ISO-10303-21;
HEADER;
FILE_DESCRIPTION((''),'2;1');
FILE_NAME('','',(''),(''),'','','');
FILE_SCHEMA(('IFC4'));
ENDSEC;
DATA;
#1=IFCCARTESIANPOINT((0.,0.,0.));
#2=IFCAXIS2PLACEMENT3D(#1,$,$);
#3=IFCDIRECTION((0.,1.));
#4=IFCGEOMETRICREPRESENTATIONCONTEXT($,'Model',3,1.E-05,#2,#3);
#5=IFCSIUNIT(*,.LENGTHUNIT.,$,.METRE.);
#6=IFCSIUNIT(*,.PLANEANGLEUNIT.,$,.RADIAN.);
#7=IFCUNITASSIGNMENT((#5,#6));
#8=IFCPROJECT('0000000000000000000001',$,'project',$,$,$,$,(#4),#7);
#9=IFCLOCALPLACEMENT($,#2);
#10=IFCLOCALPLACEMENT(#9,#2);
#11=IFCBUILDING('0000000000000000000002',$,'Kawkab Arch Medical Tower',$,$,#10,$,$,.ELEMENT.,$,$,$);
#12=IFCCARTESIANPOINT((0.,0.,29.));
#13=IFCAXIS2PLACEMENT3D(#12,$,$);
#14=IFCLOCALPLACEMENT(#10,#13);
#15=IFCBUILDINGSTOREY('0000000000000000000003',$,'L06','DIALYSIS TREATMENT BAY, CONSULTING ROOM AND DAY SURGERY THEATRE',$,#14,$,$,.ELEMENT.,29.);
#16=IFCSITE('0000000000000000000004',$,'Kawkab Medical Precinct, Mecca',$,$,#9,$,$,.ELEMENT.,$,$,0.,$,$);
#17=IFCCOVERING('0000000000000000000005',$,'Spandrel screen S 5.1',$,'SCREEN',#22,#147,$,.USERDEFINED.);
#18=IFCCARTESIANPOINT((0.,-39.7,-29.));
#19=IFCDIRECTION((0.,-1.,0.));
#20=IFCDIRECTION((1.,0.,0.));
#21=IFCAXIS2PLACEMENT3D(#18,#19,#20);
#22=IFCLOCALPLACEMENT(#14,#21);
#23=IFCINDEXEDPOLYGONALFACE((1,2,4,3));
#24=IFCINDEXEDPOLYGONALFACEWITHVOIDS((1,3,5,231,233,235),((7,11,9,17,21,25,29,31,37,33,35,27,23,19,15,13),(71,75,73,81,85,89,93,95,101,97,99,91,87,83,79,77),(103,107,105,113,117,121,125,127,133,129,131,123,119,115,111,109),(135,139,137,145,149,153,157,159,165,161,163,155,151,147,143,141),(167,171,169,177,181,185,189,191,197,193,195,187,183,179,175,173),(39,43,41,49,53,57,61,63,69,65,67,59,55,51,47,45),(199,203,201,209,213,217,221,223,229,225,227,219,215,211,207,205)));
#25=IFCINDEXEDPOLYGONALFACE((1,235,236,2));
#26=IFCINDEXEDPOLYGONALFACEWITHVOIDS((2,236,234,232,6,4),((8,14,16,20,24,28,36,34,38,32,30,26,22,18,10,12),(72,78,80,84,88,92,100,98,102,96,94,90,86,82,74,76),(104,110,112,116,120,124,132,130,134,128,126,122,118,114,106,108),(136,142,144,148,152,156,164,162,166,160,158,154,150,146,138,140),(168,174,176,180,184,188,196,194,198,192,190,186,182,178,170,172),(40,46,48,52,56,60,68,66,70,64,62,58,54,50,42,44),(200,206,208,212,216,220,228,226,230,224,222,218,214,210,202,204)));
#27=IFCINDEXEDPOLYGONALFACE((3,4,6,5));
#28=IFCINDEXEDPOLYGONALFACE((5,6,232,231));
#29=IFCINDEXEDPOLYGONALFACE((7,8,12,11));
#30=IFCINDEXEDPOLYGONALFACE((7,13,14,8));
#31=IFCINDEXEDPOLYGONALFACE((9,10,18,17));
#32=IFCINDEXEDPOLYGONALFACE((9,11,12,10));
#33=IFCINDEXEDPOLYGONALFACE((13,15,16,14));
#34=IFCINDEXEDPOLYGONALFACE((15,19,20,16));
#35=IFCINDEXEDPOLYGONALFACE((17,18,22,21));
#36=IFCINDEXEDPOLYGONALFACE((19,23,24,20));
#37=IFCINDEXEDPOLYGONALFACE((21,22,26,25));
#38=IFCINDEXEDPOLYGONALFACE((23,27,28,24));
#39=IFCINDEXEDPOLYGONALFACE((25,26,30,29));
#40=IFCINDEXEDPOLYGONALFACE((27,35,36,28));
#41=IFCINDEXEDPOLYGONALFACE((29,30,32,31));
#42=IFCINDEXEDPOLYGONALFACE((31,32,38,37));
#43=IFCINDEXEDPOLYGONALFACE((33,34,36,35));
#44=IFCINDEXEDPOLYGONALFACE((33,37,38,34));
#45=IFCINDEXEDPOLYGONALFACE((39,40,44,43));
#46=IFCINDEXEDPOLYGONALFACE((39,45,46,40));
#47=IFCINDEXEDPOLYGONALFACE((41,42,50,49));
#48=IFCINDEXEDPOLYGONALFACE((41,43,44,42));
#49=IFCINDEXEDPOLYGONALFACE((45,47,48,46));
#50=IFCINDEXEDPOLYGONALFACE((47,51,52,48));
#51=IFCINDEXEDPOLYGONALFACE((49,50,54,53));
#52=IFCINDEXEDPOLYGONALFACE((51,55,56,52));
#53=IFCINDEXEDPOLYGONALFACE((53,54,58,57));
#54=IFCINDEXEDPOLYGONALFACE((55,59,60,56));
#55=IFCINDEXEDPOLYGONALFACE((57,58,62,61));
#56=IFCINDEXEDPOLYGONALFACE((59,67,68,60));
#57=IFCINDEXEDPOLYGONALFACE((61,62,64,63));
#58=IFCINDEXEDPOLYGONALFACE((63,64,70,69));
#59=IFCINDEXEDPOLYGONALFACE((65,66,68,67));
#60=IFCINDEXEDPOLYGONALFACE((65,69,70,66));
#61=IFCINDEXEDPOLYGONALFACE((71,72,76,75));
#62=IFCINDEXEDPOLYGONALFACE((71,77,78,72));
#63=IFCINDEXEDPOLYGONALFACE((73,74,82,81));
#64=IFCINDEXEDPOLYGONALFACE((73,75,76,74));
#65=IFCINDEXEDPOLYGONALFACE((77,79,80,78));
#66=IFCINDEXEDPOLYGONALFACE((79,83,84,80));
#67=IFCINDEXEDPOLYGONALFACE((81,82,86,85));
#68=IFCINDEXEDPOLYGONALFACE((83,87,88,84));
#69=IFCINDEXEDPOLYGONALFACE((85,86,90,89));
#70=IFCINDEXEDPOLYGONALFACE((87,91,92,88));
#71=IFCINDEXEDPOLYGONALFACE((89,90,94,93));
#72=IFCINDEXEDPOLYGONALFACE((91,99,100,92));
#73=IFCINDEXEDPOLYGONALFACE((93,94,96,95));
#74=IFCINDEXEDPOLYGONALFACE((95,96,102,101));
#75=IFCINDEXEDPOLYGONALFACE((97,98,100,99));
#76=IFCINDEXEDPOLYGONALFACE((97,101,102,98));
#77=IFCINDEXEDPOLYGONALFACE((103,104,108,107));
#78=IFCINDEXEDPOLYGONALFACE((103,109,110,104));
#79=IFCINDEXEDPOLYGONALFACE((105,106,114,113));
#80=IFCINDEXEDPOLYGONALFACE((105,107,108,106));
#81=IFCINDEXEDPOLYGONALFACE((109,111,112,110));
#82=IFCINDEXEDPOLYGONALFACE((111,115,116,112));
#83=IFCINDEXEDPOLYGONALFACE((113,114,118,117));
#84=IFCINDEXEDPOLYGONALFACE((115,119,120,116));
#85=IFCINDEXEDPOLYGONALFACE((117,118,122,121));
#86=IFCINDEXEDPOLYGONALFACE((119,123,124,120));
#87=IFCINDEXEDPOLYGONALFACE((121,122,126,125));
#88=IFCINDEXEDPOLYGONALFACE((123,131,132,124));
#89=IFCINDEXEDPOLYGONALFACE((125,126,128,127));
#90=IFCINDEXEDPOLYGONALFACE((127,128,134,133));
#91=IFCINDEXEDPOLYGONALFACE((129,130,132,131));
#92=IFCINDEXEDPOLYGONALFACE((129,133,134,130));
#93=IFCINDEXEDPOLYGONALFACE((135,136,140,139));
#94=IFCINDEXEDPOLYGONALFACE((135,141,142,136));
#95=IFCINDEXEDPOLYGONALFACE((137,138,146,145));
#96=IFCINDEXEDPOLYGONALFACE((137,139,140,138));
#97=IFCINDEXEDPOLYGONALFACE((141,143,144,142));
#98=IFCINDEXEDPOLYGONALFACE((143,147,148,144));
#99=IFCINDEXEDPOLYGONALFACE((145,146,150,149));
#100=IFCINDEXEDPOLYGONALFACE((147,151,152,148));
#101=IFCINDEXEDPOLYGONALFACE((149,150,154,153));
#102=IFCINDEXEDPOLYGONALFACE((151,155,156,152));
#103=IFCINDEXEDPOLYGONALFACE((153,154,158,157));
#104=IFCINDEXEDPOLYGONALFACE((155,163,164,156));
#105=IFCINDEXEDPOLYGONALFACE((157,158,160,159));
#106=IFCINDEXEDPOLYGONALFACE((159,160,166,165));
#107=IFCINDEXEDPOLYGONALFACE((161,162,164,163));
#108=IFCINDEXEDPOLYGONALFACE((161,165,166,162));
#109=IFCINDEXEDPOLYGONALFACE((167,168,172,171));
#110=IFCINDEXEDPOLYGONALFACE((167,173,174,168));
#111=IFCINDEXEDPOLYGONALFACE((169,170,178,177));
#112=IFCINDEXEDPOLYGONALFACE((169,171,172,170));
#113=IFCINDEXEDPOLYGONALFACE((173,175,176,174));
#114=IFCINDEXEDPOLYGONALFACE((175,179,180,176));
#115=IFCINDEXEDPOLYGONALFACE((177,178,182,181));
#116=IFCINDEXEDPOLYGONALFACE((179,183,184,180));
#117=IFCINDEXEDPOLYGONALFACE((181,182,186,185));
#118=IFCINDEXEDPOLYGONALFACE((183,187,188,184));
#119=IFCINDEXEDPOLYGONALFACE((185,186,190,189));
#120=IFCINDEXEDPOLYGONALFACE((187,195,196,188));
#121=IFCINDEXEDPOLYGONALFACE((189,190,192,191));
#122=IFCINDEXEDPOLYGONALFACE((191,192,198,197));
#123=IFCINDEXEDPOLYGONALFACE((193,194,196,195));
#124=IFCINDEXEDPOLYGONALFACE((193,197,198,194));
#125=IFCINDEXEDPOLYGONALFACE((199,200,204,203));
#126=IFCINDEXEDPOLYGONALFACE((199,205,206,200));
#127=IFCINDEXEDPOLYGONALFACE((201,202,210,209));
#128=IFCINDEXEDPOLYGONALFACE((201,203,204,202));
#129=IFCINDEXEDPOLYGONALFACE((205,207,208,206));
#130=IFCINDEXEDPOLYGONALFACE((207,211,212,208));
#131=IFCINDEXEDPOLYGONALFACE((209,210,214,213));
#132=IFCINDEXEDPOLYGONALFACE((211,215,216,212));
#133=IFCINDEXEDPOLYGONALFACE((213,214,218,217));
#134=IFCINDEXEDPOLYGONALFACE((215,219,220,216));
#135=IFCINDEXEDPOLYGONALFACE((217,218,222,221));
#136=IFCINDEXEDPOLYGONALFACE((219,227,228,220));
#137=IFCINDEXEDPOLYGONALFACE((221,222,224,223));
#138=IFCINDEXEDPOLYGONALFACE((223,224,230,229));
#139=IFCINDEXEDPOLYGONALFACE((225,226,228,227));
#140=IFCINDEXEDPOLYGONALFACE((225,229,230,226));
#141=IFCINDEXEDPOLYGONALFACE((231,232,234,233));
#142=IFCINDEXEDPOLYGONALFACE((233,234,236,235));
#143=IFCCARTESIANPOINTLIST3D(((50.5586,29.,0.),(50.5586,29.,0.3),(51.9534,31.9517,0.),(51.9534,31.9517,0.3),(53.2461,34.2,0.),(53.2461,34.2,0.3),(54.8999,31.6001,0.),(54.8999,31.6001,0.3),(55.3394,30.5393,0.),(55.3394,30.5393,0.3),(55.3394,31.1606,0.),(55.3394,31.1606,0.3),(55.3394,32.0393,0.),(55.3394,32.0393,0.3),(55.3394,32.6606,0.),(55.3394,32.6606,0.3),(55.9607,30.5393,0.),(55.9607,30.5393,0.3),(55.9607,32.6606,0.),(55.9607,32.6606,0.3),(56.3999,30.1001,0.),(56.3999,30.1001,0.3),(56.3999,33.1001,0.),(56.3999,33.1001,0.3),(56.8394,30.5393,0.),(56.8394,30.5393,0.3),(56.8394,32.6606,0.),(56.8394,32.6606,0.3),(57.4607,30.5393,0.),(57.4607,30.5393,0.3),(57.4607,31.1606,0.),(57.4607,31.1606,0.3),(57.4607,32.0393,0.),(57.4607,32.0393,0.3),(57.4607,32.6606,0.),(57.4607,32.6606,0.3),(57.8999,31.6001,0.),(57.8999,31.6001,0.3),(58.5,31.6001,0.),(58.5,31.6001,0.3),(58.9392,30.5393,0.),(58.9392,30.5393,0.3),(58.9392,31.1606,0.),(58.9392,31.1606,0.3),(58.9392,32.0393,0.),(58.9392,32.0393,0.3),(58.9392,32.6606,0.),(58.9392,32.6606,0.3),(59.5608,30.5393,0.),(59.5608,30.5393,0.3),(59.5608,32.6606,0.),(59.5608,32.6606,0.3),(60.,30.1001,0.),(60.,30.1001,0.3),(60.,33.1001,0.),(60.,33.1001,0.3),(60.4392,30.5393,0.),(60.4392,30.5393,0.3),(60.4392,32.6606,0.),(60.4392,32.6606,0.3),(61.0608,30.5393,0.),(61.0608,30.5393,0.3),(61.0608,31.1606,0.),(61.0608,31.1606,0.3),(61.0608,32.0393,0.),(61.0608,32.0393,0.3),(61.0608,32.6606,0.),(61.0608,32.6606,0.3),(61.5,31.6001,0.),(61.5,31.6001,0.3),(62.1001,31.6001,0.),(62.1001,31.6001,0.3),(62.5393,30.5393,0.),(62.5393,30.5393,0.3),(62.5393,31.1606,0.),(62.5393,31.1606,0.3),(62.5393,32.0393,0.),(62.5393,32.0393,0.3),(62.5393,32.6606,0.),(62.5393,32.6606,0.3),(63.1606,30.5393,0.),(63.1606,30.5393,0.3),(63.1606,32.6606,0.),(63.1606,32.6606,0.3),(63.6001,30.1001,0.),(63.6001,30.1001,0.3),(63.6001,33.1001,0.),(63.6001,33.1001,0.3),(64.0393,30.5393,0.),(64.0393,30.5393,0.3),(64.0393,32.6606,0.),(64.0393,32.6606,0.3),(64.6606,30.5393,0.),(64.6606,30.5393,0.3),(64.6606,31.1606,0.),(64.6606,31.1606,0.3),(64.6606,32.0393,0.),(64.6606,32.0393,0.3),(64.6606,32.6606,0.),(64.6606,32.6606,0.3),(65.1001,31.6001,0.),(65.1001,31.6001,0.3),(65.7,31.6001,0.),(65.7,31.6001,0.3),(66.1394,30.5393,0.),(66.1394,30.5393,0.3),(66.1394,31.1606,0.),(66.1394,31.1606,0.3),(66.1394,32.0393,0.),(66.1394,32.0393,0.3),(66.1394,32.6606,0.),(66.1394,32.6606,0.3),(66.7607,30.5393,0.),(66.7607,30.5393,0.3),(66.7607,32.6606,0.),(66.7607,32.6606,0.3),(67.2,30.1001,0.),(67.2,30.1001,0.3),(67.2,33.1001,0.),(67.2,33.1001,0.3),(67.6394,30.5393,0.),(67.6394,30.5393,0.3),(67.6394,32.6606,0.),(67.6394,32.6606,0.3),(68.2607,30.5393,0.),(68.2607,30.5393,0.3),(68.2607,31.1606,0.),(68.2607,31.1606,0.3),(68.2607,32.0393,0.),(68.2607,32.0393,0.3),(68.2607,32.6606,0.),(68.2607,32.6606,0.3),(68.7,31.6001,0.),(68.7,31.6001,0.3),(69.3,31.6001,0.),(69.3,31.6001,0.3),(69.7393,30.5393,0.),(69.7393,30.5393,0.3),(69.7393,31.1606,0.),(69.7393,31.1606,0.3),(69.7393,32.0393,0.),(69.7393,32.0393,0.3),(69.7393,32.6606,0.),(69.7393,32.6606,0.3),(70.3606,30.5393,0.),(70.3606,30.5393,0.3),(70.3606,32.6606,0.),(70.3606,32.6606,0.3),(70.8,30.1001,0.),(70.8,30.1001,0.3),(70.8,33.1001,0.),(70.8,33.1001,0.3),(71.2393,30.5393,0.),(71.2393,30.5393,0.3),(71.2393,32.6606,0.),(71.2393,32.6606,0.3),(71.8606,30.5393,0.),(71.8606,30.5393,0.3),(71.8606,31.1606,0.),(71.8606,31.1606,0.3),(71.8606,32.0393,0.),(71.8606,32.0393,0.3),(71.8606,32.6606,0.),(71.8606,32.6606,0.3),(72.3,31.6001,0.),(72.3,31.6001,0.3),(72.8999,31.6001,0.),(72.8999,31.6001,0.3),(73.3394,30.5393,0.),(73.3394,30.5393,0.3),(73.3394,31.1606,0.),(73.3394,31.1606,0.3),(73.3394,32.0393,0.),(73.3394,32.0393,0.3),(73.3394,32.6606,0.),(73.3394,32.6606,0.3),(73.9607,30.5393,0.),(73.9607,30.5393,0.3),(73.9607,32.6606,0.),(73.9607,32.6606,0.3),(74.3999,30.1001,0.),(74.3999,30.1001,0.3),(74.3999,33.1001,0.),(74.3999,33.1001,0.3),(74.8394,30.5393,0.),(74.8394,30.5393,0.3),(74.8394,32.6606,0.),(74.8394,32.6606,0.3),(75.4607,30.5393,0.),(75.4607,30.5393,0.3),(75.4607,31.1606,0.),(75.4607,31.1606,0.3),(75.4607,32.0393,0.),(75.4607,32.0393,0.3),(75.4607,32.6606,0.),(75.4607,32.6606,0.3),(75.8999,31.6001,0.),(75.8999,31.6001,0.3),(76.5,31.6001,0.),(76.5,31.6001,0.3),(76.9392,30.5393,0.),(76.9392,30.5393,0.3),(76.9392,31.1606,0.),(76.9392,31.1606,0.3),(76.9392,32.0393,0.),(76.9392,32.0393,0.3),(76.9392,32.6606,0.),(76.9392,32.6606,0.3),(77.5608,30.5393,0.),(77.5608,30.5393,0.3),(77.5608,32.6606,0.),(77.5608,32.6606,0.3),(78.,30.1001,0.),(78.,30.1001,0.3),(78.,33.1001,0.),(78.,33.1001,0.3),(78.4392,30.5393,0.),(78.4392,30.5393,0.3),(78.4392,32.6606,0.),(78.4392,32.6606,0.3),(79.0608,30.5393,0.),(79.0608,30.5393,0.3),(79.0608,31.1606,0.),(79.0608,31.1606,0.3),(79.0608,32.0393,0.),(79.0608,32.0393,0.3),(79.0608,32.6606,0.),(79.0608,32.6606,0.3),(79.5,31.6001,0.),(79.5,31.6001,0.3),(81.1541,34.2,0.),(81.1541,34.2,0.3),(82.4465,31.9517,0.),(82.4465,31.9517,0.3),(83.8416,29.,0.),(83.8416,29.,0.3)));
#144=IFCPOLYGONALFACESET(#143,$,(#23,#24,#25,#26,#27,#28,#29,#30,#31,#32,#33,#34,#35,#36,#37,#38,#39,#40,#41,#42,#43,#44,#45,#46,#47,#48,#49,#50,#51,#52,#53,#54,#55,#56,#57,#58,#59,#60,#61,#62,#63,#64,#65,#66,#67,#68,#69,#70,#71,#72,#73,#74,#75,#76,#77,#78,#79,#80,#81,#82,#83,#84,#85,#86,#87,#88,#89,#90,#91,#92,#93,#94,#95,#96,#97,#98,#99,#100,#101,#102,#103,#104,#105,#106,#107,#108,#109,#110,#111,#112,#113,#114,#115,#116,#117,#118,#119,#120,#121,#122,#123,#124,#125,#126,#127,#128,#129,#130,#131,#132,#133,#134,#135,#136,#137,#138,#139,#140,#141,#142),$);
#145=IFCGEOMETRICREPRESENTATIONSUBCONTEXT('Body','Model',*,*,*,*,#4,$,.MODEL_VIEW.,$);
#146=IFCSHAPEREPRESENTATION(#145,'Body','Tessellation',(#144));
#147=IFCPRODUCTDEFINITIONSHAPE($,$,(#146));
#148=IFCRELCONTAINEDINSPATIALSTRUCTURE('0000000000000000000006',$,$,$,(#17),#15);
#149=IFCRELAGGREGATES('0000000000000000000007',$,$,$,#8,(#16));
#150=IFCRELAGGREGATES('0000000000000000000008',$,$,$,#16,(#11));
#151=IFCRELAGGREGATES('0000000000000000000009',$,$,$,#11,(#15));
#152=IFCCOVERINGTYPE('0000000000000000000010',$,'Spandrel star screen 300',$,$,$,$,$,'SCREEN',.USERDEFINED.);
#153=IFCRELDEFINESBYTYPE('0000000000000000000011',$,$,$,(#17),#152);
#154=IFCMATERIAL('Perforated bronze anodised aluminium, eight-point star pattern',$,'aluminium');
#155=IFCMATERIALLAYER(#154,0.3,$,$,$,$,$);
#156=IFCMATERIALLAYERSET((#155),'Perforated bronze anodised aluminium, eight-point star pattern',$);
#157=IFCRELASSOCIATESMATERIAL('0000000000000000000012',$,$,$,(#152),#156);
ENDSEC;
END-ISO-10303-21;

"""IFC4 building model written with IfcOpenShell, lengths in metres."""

from ifc_helpers import new_model, si_unit, direction, frame, origin, place, context, subcontext, project, spatial, polyline, outline, extrude, material, layer, layer_set, type_object, element, save


model = new_model("IFC4")

# Units and contexts
model_context = context("Model", 3, precision=1e-05, world=origin(), true_north=direction((0.0, 1.0)))
body_context = subcontext(model_context, "Body", "Model", "MODEL_VIEW")
ifc_project = project(units=[si_unit("LENGTHUNIT", "METRE"), si_unit("PLANEANGLEUNIT", "RADIAN")], contexts=[model_context])

# Site, building, storey
site_placement = place(None, origin())
site = spatial("IfcSite", under=ifc_project, at=site_placement, Name="Kawkab Medical Precinct, Mecca", CompositionType="ELEMENT", RefElevation=0.0)
building_placement = place(site_placement, origin())
building = spatial("IfcBuilding", under=site, at=building_placement, Name="Kawkab Arch Medical Tower", CompositionType="ELEMENT")
storey_placement = place(building_placement, frame((0.0, 0.0, 29.0)))
storey = spatial("IfcBuildingStorey", under=building, at=storey_placement, Name="L06", Description="DIALYSIS TREATMENT BAY, CONSULTING ROOM AND DAY SURGERY THEATRE", CompositionType="ELEMENT", Elevation=29.0)

# Covering
ifc_material_1 = material(Name="Perforated bronze anodised aluminium, eight-point star pattern", Category="aluminium")
ifc_layer_1 = layer(ifc_material_1, 0.3)
ifc_layer_set_1 = layer_set([ifc_layer_1], Name="Perforated bronze anodised aluminium, eight-point star pattern")
covering_type = type_object("IfcCoveringType", Name="Spandrel star screen 300", ElementType="SCREEN", PredefinedType="USERDEFINED", material=ifc_layer_set_1)
covering_placement = place(storey_placement, frame((0.0, -39.7, -29.0), z_axis=(0.0, -1.0, 0.0), x_axis=(1.0, 0.0, 0.0)))
element("IfcCovering", 1, at=covering_placement, inside=storey, type_object=covering_type, Name="Spandrel screen S 5.1", ObjectType="SCREEN", PredefinedType="USERDEFINED", context=body_context, shape_type="SweptSolid", body=[
    extrude(outline(polyline([(50.5586, 29.0), (83.8416, 29.0), (82.4465, 31.9517), (81.1541, 34.2), (53.2461, 34.2), (51.9534, 31.9517), (50.5586, 29.0)]), holes=[polyline([(57.8999, 31.6001), (57.4607, 32.0393), (57.4607, 32.6606), (56.8394, 32.6606), (56.3999, 33.1001), (55.9607, 32.6606), (55.3394, 32.6606), (55.3394, 32.0393), (54.8999, 31.6001), (55.3394, 31.1606), (55.3394, 30.5393), (55.9607, 30.5393), (56.3999, 30.1001), (56.8394, 30.5393), (57.4607, 30.5393), (57.4607, 31.1606), (57.8999, 31.6001)]), polyline([(61.5, 31.6001), (61.0608, 32.0393), (61.0608, 32.6606), (60.4392, 32.6606), (60.0, 33.1001), (59.5608, 32.6606), (58.9392, 32.6606), (58.9392, 32.0393), (58.5, 31.6001), (58.9392, 31.1606), (58.9392, 30.5393), (59.5608, 30.5393), (60.0, 30.1001), (60.4392, 30.5393), (61.0608, 30.5393), (61.0608, 31.1606), (61.5, 31.6001)]), polyline([(65.1001, 31.6001), (64.6606, 32.0393), (64.6606, 32.6606), (64.0393, 32.6606), (63.6001, 33.1001), (63.1606, 32.6606), (62.5393, 32.6606), (62.5393, 32.0393), (62.1001, 31.6001), (62.5393, 31.1606), (62.5393, 30.5393), (63.1606, 30.5393), (63.6001, 30.1001), (64.0393, 30.5393), (64.6606, 30.5393), (64.6606, 31.1606), (65.1001, 31.6001)]), polyline([(68.7, 31.6001), (68.2607, 32.0393), (68.2607, 32.6606), (67.6394, 32.6606), (67.2, 33.1001), (66.7607, 32.6606), (66.1394, 32.6606), (66.1394, 32.0393), (65.7, 31.6001), (66.1394, 31.1606), (66.1394, 30.5393), (66.7607, 30.5393), (67.2, 30.1001), (67.6394, 30.5393), (68.2607, 30.5393), (68.2607, 31.1606), (68.7, 31.6001)]), polyline([(72.3, 31.6001), (71.8606, 32.0393), (71.8606, 32.6606), (71.2393, 32.6606), (70.8, 33.1001), (70.3606, 32.6606), (69.7393, 32.6606), (69.7393, 32.0393), (69.3, 31.6001), (69.7393, 31.1606), (69.7393, 30.5393), (70.3606, 30.5393), (70.8, 30.1001), (71.2393, 30.5393), (71.8606, 30.5393), (71.8606, 31.1606), (72.3, 31.6001)]), polyline([(75.8999, 31.6001), (75.4607, 32.0393), (75.4607, 32.6606), (74.8394, 32.6606), (74.3999, 33.1001), (73.9607, 32.6606), (73.3394, 32.6606), (73.3394, 32.0393), (72.8999, 31.6001), (73.3394, 31.1606), (73.3394, 30.5393), (73.9607, 30.5393), (74.3999, 30.1001), (74.8394, 30.5393), (75.4607, 30.5393), (75.4607, 31.1606), (75.8999, 31.6001)]), polyline([(79.5, 31.6001), (79.0608, 32.0393), (79.0608, 32.6606), (78.4392, 32.6606), (78.0, 33.1001), (77.5608, 32.6606), (76.9392, 32.6606), (76.9392, 32.0393), (76.5, 31.6001), (76.9392, 31.1606), (76.9392, 30.5393), (77.5608, 30.5393), (78.0, 30.1001), (78.4392, 30.5393), (79.0608, 30.5393), (79.0608, 31.1606), (79.5, 31.6001)])]), origin(), (0.0, 0.0, 1.0), 0.3),
])

save(model, "model.ifc")
